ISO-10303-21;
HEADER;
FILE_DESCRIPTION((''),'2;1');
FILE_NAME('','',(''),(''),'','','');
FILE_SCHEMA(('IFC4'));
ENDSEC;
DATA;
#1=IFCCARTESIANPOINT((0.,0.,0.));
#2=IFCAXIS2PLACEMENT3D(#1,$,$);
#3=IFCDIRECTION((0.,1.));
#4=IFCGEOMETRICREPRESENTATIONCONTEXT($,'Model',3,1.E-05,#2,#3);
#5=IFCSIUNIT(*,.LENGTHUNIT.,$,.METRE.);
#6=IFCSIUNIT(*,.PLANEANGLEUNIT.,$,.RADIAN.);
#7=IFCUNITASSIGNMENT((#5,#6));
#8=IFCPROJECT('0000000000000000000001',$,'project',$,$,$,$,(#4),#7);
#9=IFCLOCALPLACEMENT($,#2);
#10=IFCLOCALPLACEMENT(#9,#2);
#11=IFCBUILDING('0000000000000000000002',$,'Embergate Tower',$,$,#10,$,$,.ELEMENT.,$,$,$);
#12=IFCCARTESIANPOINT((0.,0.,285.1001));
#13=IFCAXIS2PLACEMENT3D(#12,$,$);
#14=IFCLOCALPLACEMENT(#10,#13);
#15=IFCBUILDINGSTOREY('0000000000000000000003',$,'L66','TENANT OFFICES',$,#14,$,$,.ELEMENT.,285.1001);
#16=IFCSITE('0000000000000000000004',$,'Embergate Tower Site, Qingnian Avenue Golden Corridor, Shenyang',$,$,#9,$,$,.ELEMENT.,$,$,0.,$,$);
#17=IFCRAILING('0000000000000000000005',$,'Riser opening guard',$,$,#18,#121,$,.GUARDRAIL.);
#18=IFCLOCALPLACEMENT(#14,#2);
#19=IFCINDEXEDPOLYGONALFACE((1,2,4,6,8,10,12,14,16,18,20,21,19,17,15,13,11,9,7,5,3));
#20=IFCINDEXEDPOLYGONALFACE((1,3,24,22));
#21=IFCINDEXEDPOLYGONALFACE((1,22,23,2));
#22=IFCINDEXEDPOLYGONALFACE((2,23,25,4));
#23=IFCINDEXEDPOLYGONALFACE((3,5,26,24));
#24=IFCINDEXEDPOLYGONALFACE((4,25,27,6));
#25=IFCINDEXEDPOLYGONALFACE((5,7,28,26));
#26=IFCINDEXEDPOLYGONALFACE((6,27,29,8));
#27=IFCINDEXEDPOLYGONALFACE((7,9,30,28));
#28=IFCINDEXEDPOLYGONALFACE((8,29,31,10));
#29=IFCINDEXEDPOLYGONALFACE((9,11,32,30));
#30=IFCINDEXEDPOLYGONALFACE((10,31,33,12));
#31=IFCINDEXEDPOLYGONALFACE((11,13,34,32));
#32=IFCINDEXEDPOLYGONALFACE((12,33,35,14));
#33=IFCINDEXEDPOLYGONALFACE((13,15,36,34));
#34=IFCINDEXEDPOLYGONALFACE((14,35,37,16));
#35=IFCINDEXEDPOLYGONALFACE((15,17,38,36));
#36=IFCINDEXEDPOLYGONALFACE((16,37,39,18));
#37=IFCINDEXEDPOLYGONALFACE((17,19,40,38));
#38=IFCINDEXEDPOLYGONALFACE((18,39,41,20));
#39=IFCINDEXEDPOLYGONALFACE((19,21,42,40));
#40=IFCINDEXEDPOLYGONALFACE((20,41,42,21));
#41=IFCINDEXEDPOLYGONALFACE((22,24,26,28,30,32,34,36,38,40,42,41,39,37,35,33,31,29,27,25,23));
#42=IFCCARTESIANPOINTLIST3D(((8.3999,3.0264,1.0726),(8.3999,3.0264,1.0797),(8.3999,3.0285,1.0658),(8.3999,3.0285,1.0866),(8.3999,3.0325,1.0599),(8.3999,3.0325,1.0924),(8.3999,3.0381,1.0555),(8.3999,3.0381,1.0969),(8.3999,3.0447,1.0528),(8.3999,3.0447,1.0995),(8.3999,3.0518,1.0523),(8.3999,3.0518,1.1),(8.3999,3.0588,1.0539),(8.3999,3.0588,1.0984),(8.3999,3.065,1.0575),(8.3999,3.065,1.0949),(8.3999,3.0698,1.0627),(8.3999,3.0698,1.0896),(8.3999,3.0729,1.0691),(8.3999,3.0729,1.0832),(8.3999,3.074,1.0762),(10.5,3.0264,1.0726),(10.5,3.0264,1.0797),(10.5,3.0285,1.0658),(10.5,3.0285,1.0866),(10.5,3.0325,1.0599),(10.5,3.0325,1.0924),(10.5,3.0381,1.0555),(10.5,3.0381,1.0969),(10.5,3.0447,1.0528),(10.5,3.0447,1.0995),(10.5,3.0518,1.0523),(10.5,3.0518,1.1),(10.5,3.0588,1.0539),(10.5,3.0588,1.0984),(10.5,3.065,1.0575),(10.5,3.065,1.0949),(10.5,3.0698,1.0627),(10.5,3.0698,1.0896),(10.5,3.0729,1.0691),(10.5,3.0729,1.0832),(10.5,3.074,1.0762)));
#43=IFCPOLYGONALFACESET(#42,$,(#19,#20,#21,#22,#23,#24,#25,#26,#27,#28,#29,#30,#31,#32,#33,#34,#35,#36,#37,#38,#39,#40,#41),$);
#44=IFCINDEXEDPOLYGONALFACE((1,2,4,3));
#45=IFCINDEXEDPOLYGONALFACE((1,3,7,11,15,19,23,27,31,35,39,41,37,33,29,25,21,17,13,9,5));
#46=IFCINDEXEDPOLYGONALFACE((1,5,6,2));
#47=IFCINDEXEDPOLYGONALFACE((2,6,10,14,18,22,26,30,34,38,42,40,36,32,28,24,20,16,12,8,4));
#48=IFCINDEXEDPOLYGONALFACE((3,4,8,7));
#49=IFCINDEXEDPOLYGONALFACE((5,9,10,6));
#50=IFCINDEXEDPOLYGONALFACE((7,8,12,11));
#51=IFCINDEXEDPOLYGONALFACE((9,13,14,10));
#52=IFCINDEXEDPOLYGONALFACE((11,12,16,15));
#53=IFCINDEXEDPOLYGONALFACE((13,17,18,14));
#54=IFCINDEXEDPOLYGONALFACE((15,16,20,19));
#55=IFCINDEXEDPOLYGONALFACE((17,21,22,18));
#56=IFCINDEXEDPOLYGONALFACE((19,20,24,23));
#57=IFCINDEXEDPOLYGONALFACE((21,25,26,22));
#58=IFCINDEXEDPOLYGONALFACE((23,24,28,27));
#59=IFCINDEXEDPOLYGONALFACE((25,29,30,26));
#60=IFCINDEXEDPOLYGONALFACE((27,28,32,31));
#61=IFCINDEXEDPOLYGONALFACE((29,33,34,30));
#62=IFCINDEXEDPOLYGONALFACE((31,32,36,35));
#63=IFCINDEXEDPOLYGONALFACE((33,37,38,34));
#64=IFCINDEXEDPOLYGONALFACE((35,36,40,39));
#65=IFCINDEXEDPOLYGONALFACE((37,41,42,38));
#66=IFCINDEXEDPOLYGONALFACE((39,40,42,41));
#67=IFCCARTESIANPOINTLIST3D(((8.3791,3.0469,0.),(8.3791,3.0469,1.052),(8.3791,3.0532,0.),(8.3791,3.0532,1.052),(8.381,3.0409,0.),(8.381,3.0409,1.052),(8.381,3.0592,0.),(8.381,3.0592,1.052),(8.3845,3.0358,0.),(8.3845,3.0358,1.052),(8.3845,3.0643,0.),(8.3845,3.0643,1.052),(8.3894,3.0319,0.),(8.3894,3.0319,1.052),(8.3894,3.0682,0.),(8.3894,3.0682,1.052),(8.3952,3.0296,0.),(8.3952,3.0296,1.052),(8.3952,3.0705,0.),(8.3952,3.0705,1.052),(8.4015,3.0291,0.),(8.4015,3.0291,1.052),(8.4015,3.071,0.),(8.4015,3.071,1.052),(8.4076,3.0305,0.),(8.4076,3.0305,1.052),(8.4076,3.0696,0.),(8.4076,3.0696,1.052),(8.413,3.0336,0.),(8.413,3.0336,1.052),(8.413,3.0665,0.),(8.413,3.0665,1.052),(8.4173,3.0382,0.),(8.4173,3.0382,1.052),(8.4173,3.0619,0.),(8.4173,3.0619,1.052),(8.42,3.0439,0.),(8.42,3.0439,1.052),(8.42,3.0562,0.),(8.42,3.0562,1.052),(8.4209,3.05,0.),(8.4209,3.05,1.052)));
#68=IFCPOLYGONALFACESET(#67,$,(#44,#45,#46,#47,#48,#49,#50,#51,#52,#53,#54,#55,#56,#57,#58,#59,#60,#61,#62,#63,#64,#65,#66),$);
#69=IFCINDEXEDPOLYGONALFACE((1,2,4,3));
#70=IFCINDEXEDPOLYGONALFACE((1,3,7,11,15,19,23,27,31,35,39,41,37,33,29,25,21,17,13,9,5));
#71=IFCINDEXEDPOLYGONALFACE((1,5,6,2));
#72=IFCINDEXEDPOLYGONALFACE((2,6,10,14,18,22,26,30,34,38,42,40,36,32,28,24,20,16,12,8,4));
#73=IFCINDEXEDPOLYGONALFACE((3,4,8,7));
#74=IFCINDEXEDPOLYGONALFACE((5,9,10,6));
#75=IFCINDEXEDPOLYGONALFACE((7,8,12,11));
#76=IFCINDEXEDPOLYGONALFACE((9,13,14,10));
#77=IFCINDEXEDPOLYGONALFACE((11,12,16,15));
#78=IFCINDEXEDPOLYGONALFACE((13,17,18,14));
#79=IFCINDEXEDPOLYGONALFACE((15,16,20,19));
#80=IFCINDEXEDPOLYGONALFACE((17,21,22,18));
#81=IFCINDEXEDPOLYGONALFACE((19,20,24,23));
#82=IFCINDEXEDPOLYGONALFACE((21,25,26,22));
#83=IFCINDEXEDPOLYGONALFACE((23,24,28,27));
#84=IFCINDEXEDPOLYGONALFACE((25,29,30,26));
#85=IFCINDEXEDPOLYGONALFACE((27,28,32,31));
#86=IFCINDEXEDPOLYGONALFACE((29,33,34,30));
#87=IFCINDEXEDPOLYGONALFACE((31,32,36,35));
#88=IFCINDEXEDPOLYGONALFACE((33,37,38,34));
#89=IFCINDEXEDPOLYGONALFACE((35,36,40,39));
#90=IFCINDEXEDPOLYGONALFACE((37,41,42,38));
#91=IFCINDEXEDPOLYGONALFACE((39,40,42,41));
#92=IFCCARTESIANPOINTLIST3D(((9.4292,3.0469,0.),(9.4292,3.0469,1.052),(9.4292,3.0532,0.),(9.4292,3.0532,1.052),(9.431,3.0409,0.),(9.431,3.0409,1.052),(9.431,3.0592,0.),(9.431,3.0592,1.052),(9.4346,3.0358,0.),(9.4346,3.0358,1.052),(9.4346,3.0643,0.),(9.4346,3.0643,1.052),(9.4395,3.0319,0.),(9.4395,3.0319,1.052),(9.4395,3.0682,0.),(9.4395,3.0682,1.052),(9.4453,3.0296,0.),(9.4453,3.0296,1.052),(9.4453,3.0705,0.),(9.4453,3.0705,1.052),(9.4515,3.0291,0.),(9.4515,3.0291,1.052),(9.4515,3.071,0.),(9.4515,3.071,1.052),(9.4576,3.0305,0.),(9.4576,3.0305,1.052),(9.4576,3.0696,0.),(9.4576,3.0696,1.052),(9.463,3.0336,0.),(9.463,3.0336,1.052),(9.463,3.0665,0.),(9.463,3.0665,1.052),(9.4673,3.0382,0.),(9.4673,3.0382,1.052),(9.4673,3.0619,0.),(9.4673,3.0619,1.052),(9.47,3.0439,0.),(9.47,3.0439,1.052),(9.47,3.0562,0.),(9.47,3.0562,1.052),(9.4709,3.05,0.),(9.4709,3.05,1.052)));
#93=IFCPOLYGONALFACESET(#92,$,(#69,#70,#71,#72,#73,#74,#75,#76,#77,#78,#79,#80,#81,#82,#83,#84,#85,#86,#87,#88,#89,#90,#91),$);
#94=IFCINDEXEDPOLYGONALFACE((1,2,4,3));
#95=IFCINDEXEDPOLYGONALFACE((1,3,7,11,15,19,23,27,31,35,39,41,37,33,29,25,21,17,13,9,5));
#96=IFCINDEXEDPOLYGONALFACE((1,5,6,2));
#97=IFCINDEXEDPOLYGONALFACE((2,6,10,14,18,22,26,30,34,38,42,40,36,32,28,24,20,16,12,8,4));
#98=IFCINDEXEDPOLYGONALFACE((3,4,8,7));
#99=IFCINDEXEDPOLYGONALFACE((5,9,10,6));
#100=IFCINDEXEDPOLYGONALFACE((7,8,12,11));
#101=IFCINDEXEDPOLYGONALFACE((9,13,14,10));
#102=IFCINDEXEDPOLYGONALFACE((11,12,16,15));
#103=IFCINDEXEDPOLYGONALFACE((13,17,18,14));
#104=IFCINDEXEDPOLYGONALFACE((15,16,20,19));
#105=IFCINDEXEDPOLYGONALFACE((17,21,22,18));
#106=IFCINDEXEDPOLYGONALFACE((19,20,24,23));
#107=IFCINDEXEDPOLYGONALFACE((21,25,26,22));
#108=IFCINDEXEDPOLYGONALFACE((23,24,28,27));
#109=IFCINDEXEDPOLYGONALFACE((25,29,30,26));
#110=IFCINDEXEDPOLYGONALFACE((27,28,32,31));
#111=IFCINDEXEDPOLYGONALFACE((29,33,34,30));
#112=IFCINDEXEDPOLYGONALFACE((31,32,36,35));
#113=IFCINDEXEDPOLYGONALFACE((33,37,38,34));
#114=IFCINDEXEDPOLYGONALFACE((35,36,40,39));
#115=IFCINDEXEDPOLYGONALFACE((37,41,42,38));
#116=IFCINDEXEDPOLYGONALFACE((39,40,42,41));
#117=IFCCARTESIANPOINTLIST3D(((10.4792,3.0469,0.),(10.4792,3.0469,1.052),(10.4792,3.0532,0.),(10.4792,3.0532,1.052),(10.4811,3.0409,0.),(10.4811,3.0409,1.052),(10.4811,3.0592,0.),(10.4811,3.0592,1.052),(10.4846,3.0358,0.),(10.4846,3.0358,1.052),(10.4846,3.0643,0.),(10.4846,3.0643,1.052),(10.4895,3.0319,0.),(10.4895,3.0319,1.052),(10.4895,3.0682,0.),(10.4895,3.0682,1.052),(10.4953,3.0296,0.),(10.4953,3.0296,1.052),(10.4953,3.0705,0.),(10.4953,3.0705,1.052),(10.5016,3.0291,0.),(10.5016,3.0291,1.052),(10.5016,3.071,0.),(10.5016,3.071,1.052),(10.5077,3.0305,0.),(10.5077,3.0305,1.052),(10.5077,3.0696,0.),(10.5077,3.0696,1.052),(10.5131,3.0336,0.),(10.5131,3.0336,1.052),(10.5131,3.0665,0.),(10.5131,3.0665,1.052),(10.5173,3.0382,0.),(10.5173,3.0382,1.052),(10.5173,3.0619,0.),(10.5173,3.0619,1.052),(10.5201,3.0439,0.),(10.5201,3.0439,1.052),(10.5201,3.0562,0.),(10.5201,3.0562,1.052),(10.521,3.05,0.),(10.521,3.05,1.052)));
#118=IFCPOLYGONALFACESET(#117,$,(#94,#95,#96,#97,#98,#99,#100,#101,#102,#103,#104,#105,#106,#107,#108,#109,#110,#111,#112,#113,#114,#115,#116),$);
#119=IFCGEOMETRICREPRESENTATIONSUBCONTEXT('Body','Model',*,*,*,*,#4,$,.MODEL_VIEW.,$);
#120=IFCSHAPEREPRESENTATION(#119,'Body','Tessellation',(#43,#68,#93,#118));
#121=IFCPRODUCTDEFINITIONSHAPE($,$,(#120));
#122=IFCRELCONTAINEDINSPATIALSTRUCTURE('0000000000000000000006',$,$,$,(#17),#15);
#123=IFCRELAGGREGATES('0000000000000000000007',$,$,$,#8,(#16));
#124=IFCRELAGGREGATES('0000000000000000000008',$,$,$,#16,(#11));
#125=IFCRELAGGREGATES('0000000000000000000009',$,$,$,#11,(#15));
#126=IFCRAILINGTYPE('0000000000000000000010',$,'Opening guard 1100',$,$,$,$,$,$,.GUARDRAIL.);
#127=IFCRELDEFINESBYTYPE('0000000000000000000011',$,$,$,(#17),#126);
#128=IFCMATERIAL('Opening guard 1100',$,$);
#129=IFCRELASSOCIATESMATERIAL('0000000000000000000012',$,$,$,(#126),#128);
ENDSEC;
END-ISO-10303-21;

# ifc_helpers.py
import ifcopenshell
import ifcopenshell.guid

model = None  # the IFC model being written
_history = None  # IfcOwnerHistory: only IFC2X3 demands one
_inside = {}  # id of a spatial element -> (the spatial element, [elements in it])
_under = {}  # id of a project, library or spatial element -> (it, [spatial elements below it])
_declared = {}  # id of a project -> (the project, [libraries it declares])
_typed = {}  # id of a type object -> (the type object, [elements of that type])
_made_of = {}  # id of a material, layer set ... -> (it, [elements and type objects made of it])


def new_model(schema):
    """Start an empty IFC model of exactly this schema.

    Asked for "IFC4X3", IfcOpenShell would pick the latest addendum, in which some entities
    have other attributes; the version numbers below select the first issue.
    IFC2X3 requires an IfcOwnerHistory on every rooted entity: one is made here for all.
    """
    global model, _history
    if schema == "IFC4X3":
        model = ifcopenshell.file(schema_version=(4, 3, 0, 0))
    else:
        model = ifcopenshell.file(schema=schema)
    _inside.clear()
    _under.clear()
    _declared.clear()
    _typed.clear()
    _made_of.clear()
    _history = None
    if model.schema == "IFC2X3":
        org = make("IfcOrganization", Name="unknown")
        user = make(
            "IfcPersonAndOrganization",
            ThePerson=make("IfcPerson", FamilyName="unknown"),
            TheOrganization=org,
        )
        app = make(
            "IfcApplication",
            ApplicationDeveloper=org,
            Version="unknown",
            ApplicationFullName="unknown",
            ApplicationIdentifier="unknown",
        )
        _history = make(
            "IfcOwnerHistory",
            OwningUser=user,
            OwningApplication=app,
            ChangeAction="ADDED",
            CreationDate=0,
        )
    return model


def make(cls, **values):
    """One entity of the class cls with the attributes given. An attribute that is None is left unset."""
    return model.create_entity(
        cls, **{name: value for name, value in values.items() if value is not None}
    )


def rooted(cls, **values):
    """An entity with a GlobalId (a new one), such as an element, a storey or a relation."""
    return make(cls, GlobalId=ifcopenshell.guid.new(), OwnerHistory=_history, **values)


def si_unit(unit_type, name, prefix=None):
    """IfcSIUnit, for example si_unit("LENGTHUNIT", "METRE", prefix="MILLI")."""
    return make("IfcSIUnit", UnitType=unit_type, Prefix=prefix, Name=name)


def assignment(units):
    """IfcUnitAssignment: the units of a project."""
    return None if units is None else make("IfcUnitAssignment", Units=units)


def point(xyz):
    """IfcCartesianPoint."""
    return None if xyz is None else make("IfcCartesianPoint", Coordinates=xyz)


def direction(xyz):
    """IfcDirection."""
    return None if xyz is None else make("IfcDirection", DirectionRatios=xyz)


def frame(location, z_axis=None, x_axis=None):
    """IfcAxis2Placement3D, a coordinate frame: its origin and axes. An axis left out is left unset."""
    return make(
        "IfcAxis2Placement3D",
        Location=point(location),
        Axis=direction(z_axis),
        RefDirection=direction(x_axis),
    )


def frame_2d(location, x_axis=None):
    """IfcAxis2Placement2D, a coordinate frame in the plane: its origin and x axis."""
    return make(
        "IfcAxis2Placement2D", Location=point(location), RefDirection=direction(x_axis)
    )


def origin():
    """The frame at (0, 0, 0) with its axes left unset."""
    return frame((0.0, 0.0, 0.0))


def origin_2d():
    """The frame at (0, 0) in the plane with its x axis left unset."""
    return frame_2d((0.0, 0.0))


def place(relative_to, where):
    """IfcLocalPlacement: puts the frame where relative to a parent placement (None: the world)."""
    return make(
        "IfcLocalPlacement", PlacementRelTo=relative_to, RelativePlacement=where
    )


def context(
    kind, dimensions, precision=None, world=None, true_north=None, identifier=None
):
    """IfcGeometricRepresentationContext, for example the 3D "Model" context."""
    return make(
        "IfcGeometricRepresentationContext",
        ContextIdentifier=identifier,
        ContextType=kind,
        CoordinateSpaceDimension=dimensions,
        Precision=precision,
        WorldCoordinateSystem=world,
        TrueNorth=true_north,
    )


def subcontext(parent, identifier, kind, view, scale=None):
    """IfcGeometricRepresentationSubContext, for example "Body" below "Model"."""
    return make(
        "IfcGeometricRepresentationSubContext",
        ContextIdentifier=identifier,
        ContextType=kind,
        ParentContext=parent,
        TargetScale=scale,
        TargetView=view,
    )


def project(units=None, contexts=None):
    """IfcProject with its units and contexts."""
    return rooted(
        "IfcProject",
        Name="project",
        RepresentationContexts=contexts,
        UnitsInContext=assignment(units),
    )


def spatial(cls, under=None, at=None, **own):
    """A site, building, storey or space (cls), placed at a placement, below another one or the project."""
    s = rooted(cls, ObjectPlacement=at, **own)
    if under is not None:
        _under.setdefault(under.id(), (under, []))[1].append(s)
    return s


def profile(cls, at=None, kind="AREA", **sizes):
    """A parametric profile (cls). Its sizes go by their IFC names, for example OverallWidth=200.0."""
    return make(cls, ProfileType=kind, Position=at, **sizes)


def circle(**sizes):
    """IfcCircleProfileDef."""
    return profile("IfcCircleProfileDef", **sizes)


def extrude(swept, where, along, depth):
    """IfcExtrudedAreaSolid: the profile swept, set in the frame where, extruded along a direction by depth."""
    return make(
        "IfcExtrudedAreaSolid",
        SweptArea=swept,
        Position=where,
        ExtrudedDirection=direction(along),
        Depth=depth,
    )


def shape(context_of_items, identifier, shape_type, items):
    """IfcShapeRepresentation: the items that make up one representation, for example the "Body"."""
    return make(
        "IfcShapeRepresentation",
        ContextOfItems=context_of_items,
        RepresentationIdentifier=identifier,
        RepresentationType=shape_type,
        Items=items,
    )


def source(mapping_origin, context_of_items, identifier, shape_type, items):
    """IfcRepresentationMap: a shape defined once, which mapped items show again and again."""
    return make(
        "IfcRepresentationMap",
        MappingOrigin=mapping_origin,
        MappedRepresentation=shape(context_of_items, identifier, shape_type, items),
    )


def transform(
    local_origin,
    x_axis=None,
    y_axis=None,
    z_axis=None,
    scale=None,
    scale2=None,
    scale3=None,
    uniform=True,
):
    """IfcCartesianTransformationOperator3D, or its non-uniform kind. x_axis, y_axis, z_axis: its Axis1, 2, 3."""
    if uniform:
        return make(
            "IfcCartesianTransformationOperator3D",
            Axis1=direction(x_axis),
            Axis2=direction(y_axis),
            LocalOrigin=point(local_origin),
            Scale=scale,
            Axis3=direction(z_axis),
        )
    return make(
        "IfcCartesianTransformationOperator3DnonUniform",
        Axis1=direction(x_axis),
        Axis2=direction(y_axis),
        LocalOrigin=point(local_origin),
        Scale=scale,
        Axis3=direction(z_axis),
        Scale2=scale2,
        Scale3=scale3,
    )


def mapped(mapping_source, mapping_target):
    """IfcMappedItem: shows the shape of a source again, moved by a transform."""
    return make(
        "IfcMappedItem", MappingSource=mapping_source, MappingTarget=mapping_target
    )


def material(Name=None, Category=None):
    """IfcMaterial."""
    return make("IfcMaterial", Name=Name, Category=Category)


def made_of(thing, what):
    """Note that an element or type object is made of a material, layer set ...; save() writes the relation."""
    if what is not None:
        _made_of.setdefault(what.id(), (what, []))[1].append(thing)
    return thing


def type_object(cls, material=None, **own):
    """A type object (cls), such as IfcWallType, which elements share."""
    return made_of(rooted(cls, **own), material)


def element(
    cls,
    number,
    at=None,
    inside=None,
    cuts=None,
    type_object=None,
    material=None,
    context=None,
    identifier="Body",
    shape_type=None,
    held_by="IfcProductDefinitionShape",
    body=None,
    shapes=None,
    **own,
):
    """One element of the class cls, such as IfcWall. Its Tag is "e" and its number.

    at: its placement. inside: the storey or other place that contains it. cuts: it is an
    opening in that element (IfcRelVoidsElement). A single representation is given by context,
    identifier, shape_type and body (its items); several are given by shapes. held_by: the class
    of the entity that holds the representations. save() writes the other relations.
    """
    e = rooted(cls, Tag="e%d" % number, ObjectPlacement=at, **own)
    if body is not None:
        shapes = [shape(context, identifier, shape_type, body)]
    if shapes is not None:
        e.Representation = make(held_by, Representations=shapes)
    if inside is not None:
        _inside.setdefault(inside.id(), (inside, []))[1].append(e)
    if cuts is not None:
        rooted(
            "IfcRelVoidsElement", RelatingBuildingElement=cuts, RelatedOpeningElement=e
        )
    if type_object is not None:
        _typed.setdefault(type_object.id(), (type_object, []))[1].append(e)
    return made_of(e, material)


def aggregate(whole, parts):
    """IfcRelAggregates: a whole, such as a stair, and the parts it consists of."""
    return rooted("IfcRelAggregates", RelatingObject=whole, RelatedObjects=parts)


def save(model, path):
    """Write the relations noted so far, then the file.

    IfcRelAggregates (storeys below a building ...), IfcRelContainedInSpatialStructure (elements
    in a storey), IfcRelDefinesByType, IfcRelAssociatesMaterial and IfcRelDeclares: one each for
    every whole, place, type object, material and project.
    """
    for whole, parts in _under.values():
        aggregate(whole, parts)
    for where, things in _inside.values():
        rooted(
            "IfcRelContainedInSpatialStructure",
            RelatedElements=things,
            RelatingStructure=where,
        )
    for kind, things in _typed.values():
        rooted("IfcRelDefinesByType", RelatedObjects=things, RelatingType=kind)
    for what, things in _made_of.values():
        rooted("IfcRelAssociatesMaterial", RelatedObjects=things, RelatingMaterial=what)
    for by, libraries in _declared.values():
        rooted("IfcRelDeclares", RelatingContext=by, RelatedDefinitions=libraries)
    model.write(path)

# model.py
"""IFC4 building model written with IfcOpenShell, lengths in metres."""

from ifc_helpers import new_model, si_unit, direction, frame, origin, origin_2d, place, context, subcontext, project, spatial, circle, extrude, source, transform, mapped, material, type_object, element, save


model = new_model("IFC4")

# Units and contexts
model_context = context("Model", 3, precision=1e-05, world=origin(), true_north=direction((0.0, 1.0)))
body_context = subcontext(model_context, "Body", "Model", "MODEL_VIEW")
ifc_project = project(units=[si_unit("LENGTHUNIT", "METRE"), si_unit("PLANEANGLEUNIT", "RADIAN")], contexts=[model_context])

# Site, building, storey
site_placement = place(None, origin())
site = spatial("IfcSite", under=ifc_project, at=site_placement, Name="Embergate Tower Site, Qingnian Avenue Golden Corridor, Shenyang", CompositionType="ELEMENT", RefElevation=0.0)
building_placement = place(site_placement, origin())
building = spatial("IfcBuilding", under=site, at=building_placement, Name="Embergate Tower", CompositionType="ELEMENT")
storey_placement = place(building_placement, frame((0.0, 0.0, 285.1001)))
storey = spatial("IfcBuildingStorey", under=building, at=storey_placement, Name="L66", Description="TENANT OFFICES", CompositionType="ELEMENT", Elevation=285.1001)

# Railing
ifc_material_1 = material(Name="Opening guard 1100")
railing_type_1 = type_object("IfcRailingType", Name="Opening guard 1100", PredefinedType="GUARDRAIL", material=ifc_material_1)
shared_shape_1 = source(origin(), body_context, "Body", "SweptSolid", [
    extrude(circle(Radius=0.0239, at=origin_2d()), frame((0.0, 0.0, 1.0762), z_axis=(1.0, 0.0, 0.0), x_axis=(0.0, 1.0, 0.0)), (0.0, 0.0, 1.0), 2.1001),
    extrude(circle(Radius=0.021, at=origin_2d()), origin(), (0.0, 0.0, 1.0), 1.052),
    extrude(circle(Radius=0.021, at=origin_2d()), frame((1.05, 0.0, 0.0)), (0.0, 0.0, 1.0), 1.052),
    extrude(circle(Radius=0.021, at=origin_2d()), frame((2.1001, 0.0, 0.0)), (0.0, 0.0, 1.0), 1.052),
])
railing_1_placement = place(storey_placement, frame((8.3999, 3.05, 0.0)))
element("IfcRailing", 1, at=railing_1_placement, inside=storey, type_object=railing_type_1, Name="Riser opening guard", PredefinedType="GUARDRAIL", context=body_context, shape_type="MappedRepresentation", body=[
    mapped(shared_shape_1, transform((0.0, 0.0, 0.0))),
])

save(model, "model.ifc")
